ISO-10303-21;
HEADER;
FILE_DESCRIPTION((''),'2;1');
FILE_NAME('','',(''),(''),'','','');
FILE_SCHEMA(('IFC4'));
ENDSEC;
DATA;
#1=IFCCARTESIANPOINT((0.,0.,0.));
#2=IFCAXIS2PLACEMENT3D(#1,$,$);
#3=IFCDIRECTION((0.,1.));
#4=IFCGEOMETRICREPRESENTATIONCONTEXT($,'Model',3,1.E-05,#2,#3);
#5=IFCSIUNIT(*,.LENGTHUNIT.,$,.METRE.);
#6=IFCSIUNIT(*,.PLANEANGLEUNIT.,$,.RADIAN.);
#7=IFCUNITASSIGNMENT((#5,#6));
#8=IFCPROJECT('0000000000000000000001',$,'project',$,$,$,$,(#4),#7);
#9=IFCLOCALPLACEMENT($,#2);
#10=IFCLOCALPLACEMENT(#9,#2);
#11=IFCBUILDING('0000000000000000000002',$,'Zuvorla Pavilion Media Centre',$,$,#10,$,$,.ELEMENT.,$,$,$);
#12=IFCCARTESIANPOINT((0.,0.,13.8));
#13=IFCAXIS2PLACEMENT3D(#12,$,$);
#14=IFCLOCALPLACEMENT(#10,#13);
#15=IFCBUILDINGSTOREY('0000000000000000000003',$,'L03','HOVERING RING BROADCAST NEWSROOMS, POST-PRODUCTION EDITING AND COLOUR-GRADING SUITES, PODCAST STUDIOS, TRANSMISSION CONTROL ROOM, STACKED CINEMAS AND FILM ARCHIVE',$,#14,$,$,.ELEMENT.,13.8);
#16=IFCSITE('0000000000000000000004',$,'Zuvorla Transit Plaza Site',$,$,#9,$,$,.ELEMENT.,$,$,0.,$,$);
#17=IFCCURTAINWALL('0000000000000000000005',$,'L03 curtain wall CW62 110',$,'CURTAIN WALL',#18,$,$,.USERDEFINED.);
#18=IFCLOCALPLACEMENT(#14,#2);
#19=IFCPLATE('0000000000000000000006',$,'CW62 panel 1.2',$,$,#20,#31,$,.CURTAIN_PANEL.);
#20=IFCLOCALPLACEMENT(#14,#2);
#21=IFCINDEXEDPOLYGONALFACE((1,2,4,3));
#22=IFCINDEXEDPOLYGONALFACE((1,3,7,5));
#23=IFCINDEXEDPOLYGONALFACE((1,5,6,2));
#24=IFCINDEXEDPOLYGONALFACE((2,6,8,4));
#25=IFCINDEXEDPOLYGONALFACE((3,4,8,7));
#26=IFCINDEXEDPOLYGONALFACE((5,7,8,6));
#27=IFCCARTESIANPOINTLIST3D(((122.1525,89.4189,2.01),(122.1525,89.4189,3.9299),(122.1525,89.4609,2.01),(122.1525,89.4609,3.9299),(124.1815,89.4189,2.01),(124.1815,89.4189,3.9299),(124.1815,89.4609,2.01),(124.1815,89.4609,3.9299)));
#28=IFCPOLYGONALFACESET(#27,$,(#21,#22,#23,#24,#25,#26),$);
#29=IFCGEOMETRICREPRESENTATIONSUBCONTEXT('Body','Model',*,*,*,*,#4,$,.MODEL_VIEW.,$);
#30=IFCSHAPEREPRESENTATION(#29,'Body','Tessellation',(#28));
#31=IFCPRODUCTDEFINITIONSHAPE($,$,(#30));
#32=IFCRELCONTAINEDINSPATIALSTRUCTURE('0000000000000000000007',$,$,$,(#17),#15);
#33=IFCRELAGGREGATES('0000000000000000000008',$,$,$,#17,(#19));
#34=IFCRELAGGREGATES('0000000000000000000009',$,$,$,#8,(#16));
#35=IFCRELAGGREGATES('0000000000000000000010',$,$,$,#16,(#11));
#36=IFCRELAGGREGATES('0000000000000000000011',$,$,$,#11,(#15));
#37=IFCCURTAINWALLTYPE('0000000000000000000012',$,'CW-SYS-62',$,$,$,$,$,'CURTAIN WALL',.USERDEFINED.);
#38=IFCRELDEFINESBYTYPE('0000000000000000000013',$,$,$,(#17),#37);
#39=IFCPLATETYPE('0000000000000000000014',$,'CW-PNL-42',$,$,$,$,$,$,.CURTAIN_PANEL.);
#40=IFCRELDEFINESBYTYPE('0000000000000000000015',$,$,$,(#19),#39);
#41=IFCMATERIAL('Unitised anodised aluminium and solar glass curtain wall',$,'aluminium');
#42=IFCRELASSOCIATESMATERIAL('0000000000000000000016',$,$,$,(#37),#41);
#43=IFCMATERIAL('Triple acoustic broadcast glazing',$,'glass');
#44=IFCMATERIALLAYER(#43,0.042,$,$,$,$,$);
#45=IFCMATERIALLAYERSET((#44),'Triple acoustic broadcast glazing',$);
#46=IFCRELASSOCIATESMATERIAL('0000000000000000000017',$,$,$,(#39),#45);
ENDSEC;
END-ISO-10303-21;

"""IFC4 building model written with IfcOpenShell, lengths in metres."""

from ifc_helpers import new_model, si_unit, direction, frame, origin, origin_2d, place, context, subcontext, project, spatial, rectangle, extrude, material, layer, layer_set, type_object, element, aggregate, save


model = new_model("IFC4")

# Units and contexts
model_context = context("Model", 3, precision=1e-05, world=origin(), true_north=direction((0.0, 1.0)))
body_context = subcontext(model_context, "Body", "Model", "MODEL_VIEW")
ifc_project = project(units=[si_unit("LENGTHUNIT", "METRE"), si_unit("PLANEANGLEUNIT", "RADIAN")], contexts=[model_context])

# Site, building, storey
site_placement = place(None, origin())
site = spatial("IfcSite", under=ifc_project, at=site_placement, Name="Zuvorla Transit Plaza Site", CompositionType="ELEMENT", RefElevation=0.0)
building_placement = place(site_placement, origin())
building = spatial("IfcBuilding", under=site, at=building_placement, Name="Zuvorla Pavilion Media Centre", CompositionType="ELEMENT")
storey_placement = place(building_placement, frame((0.0, 0.0, 13.8)))
storey = spatial("IfcBuildingStorey", under=building, at=storey_placement, Name="L03", Description="HOVERING RING BROADCAST NEWSROOMS, POST-PRODUCTION EDITING AND COLOUR-GRADING SUITES, PODCAST STUDIOS, TRANSMISSION CONTROL ROOM, STACKED CINEMAS AND FILM ARCHIVE", CompositionType="ELEMENT", Elevation=13.8)

# Curtain wall
ifc_material_1 = material(Name="Unitised anodised aluminium and solar glass curtain wall", Category="aluminium")
curtain_wall_type_1 = type_object("IfcCurtainWallType", Name="CW-SYS-62", ElementType="CURTAIN WALL", PredefinedType="USERDEFINED", material=ifc_material_1)
curtain_wall_1_placement = place(storey_placement, origin())
curtain_wall_1 = element("IfcCurtainWall", 1, at=curtain_wall_1_placement, inside=storey, type_object=curtain_wall_type_1, Name="L03 curtain wall CW62 110", ObjectType="CURTAIN WALL", PredefinedType="USERDEFINED")

# Plate
ifc_material_2 = material(Name="Triple acoustic broadcast glazing", Category="glass")
ifc_layer_1 = layer(ifc_material_2, 0.042)
ifc_layer_set_1 = layer_set([ifc_layer_1], Name="Triple acoustic broadcast glazing")
plate_type_1 = type_object("IfcPlateType", Name="CW-PNL-42", PredefinedType="CURTAIN_PANEL", material=ifc_layer_set_1)
plate_1_placement = place(storey_placement, frame((123.167, 89.4399, 2.01), z_axis=(0.0, 0.0, 1.0), x_axis=(-1.0, 0.0, 0.0)))
plate_1 = element("IfcPlate", 2, at=plate_1_placement, type_object=plate_type_1, Name="CW62 panel 1.2", PredefinedType="CURTAIN_PANEL", context=body_context, shape_type="SweptSolid", body=[
    extrude(rectangle(XDim=2.0291, YDim=0.042, at=origin_2d()), origin(), (0.0, 0.0, 1.0), 1.9199),
])
aggregate(curtain_wall_1, [plate_1])

save(model, "model.ifc")
